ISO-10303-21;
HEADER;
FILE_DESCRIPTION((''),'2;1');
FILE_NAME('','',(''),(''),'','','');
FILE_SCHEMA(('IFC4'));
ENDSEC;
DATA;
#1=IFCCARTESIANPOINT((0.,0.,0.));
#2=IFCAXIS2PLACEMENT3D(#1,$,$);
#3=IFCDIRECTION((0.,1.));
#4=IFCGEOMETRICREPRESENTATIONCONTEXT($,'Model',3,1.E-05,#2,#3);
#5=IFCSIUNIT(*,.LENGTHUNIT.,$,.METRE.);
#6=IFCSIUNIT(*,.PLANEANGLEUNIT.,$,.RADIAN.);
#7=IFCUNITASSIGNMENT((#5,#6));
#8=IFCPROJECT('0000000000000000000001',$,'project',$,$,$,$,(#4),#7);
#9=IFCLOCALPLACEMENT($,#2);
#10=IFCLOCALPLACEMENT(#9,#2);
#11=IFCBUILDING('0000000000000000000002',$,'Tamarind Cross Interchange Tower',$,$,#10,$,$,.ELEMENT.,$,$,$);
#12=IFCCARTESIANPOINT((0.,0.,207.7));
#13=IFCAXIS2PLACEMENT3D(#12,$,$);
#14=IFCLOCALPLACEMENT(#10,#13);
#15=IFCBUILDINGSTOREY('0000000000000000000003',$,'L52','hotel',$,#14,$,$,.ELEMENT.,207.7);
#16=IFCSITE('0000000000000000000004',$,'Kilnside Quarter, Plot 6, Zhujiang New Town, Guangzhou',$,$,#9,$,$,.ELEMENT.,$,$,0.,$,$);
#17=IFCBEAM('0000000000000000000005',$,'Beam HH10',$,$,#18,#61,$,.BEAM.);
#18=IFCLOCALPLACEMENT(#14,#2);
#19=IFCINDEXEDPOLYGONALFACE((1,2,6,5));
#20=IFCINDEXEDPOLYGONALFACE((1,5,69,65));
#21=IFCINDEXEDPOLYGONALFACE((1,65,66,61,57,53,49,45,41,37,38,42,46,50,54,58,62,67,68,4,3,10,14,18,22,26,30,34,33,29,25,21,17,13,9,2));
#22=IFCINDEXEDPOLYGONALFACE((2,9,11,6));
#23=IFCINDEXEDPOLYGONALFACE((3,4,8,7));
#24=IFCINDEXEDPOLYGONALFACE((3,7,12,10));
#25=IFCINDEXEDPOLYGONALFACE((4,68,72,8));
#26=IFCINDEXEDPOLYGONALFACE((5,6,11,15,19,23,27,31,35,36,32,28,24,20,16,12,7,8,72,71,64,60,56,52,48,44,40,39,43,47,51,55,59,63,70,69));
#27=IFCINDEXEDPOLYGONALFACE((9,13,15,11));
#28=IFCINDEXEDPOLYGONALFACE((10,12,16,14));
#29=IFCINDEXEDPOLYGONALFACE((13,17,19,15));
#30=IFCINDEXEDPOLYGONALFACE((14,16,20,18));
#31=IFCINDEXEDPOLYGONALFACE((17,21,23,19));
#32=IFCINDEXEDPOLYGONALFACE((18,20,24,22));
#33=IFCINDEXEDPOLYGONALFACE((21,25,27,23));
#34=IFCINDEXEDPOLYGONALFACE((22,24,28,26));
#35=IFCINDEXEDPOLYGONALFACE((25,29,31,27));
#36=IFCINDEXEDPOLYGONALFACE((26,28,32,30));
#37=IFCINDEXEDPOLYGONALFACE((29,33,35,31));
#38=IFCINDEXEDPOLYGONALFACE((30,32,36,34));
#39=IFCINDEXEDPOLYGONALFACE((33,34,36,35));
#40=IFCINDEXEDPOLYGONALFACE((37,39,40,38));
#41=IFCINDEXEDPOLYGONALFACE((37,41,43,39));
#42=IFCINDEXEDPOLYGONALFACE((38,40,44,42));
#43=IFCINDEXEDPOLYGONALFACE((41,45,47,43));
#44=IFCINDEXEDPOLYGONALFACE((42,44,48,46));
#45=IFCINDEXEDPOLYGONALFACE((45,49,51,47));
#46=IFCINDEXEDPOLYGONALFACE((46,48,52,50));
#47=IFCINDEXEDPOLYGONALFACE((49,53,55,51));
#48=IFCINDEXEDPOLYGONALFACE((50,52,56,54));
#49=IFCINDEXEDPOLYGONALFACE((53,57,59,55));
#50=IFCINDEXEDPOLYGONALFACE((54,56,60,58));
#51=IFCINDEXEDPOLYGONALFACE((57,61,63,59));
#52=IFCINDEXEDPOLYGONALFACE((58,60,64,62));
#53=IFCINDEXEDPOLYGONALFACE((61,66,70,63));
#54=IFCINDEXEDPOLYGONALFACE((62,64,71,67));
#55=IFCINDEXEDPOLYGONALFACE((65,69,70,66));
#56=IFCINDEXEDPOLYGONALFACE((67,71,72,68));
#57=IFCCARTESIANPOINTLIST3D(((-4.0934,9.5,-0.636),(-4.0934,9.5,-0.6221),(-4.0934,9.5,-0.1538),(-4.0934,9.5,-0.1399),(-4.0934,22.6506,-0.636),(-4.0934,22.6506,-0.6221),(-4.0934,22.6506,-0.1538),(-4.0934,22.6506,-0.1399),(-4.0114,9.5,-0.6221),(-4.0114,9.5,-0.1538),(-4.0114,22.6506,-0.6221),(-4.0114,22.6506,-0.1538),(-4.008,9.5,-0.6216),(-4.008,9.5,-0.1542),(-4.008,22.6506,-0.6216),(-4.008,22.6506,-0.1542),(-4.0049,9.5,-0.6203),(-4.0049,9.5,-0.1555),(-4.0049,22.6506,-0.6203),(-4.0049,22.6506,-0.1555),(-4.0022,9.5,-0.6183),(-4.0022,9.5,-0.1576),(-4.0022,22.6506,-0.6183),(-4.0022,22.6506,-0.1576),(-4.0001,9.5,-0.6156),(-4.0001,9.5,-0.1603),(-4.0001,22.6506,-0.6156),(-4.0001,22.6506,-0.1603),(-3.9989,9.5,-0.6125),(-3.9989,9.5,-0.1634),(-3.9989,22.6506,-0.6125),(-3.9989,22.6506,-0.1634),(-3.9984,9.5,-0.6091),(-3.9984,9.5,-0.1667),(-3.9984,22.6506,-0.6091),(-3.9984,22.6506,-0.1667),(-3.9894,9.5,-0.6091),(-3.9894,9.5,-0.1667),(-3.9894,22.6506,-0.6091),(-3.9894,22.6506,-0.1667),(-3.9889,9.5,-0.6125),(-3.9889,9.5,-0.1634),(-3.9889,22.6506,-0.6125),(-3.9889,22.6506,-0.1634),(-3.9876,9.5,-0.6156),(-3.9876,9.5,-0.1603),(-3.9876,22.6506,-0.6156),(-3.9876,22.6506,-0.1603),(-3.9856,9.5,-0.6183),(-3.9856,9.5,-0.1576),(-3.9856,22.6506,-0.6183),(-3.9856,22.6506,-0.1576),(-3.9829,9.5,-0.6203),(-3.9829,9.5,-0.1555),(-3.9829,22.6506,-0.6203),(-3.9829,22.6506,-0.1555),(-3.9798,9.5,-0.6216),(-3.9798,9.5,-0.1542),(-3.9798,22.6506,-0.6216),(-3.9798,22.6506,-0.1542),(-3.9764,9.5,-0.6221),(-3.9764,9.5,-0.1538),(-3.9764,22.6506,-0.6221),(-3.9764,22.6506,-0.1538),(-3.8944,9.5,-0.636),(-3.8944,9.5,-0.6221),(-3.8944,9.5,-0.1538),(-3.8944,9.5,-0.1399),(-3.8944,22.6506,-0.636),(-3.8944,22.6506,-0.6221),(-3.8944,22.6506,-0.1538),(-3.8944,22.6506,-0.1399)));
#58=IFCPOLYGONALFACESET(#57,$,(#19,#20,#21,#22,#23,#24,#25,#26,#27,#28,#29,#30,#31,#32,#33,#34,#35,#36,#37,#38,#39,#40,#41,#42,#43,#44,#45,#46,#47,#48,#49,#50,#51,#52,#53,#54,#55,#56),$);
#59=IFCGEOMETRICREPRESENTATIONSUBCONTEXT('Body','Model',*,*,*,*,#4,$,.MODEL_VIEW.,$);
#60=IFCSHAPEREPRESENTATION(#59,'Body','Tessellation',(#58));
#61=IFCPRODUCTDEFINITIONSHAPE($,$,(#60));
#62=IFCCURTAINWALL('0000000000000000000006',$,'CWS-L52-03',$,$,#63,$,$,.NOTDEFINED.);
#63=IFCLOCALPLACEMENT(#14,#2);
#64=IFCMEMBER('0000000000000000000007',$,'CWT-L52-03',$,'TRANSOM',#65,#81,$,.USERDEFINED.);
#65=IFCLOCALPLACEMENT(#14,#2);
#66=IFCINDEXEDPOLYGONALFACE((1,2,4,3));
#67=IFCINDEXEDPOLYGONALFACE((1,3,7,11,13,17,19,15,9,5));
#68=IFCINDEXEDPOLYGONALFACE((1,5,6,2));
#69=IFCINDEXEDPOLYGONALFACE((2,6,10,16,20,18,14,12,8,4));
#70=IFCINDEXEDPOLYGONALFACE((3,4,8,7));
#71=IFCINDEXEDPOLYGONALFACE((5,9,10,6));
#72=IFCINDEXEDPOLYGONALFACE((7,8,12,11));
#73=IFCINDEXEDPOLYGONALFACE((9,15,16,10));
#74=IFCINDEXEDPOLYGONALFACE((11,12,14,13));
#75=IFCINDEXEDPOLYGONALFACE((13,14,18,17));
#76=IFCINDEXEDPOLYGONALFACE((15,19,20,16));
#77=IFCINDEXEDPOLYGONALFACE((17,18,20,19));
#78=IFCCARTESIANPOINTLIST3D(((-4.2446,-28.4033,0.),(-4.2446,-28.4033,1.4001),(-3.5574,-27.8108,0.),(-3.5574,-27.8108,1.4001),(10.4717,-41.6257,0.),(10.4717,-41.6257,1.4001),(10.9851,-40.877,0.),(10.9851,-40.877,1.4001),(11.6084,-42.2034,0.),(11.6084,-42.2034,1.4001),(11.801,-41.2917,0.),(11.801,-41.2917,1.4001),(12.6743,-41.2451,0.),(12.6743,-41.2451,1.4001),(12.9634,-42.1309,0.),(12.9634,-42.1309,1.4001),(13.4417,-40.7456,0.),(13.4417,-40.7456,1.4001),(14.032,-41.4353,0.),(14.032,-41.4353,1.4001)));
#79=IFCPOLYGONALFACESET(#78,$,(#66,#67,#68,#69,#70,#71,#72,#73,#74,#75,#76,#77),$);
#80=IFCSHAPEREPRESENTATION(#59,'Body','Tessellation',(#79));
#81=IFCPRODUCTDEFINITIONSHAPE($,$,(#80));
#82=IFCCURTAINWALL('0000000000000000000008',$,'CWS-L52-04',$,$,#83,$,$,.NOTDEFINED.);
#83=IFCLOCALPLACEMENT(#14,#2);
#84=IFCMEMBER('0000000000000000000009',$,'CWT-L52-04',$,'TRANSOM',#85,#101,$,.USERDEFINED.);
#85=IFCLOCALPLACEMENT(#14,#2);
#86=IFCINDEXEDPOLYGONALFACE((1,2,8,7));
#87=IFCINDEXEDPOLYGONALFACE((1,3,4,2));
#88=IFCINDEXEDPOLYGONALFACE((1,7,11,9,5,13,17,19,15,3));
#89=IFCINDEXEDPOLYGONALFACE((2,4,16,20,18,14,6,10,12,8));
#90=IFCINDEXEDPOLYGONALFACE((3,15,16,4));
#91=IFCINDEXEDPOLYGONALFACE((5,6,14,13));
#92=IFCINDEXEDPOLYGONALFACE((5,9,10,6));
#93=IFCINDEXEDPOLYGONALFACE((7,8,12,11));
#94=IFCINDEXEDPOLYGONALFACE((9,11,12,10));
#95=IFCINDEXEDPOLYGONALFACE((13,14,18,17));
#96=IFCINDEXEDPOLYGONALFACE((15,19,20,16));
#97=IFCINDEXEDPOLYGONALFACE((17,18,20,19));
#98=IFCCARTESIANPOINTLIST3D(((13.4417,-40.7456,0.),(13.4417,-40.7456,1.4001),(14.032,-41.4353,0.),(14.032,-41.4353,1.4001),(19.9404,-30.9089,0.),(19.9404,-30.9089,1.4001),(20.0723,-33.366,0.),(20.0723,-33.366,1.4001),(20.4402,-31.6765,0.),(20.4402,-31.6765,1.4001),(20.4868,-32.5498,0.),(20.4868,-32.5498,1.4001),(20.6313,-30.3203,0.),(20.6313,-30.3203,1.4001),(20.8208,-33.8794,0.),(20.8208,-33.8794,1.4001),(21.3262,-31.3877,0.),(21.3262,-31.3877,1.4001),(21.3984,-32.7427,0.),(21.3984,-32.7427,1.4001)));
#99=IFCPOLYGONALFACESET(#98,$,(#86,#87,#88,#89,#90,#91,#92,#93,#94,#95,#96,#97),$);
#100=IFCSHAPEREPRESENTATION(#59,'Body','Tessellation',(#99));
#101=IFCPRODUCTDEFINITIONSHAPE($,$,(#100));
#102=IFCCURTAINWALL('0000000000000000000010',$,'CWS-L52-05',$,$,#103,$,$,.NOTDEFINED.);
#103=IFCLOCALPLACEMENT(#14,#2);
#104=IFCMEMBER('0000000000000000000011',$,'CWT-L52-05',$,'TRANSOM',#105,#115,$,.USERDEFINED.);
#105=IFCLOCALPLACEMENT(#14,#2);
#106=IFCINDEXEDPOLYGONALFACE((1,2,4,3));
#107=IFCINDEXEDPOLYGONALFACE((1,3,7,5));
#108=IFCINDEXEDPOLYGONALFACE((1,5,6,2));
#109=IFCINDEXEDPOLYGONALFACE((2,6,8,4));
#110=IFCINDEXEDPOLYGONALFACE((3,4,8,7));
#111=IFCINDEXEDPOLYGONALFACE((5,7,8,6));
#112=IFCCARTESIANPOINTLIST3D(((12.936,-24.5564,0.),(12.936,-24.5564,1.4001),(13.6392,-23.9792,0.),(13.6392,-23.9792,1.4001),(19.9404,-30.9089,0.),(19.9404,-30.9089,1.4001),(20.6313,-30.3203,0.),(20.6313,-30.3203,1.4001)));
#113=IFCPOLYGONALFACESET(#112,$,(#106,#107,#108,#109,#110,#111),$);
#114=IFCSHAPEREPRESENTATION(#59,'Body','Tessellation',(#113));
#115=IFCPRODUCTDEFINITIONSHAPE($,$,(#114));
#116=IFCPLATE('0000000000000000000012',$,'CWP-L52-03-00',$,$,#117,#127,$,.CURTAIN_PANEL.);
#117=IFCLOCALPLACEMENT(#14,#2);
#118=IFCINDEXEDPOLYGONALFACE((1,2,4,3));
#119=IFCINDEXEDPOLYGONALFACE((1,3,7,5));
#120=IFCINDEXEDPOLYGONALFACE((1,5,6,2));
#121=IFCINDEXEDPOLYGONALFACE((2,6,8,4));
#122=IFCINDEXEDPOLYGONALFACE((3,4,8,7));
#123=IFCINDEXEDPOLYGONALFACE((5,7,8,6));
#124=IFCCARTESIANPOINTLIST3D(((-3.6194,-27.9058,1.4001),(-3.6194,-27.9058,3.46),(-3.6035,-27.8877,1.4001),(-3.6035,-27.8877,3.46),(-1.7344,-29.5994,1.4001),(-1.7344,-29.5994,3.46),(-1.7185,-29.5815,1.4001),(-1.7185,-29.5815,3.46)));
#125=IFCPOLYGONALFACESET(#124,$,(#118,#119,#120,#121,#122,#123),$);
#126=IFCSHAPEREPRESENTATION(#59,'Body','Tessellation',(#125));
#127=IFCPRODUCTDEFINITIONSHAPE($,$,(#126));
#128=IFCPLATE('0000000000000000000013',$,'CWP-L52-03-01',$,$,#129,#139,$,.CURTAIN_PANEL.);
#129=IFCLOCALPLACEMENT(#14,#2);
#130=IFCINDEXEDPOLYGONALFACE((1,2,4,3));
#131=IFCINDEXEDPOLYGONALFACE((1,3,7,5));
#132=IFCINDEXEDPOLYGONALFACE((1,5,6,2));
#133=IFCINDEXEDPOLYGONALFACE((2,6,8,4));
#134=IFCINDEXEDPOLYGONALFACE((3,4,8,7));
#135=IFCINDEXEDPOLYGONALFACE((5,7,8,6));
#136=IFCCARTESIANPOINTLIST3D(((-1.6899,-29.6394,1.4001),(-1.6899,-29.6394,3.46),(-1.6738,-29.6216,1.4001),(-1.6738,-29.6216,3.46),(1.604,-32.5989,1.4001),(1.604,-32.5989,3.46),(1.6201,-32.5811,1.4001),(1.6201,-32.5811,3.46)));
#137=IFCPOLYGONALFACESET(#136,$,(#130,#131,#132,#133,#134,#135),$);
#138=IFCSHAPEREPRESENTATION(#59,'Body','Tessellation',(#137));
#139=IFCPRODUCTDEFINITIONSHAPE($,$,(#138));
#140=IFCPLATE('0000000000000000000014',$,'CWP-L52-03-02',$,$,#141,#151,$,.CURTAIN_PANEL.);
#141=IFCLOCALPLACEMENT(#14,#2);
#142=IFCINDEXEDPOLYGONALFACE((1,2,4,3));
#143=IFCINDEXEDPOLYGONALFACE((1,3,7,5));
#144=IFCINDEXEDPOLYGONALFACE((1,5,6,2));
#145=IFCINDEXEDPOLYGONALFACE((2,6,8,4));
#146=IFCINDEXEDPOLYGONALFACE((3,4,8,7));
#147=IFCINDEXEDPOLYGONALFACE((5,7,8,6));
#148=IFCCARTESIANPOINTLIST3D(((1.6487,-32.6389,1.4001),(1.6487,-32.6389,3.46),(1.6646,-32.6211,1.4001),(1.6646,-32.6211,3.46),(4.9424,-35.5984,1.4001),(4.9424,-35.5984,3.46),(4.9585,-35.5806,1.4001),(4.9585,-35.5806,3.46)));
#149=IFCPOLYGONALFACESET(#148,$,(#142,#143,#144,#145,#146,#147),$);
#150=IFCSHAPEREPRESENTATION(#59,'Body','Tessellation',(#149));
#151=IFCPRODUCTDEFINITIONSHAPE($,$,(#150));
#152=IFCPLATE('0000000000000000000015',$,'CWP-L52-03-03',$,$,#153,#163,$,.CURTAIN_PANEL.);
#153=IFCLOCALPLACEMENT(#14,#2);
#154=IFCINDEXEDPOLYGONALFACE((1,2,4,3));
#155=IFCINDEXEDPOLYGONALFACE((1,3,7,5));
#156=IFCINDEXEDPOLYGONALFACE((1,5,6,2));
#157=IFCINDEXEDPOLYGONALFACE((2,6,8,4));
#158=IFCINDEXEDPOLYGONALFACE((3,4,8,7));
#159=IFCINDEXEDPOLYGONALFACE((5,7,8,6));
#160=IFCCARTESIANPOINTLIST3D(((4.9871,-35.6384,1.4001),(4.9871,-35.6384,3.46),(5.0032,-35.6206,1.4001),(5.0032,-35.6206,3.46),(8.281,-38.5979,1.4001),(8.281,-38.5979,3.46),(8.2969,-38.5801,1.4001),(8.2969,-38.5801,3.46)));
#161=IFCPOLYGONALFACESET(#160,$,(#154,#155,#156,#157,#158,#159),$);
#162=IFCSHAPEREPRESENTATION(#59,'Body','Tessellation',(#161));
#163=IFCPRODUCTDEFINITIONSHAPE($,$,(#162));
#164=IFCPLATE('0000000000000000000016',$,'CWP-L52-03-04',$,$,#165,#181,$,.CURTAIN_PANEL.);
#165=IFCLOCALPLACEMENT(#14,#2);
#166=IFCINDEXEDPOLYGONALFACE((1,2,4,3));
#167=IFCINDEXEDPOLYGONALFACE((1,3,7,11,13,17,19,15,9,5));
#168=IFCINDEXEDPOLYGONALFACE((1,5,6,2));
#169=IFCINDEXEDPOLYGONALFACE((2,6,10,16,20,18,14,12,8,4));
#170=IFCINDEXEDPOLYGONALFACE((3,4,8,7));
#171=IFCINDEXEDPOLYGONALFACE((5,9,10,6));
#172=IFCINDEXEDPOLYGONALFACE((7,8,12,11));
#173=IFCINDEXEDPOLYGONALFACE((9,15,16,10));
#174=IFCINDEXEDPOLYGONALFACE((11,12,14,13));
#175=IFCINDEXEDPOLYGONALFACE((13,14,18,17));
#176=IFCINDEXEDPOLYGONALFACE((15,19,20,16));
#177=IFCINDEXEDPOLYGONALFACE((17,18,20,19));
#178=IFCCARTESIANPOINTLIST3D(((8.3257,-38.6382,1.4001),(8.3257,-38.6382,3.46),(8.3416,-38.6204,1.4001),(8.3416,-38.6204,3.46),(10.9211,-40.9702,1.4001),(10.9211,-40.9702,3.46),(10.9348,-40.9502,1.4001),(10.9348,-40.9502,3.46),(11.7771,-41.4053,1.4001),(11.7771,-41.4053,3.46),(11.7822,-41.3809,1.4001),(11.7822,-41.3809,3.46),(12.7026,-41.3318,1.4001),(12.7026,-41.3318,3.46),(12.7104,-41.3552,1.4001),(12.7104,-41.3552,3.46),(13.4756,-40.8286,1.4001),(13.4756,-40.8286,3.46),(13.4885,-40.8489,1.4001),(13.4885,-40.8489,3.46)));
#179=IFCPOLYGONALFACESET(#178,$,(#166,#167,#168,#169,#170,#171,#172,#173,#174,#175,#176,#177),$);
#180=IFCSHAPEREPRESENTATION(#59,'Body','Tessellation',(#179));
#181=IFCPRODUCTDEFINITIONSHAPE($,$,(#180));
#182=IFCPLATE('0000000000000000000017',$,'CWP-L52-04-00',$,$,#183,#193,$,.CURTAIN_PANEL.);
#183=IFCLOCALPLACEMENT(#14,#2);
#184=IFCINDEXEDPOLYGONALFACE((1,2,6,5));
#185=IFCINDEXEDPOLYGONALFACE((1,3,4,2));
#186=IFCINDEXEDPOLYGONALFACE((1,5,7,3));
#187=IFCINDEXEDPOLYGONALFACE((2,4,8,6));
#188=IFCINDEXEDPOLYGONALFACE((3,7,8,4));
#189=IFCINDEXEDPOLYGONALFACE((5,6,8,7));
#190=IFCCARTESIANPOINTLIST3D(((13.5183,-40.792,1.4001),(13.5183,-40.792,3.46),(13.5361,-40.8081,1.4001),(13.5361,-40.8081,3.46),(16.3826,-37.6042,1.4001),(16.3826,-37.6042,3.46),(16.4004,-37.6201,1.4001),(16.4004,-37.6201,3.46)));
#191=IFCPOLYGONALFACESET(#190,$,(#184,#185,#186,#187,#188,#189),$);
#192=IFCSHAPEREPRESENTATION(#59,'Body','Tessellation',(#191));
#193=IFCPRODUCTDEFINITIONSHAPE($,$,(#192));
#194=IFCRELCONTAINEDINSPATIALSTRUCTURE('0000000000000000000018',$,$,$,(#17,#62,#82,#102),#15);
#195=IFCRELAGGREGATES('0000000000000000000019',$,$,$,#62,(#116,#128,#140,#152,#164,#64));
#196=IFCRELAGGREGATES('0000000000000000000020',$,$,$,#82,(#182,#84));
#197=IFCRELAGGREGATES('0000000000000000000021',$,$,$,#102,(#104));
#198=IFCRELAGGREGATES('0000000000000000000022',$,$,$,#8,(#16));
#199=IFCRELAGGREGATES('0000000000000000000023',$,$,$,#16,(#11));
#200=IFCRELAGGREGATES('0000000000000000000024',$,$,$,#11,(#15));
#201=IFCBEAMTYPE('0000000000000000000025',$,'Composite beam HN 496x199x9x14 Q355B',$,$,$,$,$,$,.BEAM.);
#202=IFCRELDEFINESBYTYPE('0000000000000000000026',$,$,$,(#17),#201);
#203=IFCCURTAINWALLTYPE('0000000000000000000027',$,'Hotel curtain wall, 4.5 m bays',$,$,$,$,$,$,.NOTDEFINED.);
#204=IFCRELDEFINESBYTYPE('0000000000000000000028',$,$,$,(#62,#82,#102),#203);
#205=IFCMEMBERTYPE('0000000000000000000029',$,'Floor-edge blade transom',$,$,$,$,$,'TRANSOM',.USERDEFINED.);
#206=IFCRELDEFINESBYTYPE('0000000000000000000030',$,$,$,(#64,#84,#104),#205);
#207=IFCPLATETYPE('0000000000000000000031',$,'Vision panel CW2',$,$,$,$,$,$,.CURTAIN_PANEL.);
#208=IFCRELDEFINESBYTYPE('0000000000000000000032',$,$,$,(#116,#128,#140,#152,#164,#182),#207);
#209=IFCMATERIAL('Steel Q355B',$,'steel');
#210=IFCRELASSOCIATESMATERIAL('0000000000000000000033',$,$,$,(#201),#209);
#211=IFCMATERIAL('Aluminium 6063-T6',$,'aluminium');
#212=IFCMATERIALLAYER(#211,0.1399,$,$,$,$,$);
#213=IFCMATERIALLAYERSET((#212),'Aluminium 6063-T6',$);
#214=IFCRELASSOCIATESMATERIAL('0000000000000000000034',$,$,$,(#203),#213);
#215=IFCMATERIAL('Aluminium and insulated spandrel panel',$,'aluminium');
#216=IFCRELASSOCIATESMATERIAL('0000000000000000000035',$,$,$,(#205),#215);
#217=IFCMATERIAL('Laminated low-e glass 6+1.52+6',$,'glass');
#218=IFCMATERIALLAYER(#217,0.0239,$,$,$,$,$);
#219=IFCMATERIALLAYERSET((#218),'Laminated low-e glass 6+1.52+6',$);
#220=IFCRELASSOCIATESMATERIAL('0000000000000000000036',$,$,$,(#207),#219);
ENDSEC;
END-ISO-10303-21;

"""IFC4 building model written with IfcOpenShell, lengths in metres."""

from ifc_helpers import new_model, si_unit, direction, frame, origin, origin_2d, place, context, subcontext, project, spatial, polyline, i_section, outline, extrude, material, layer, layer_set, material_profile, profile_set, type_object, element, aggregate, save


model = new_model("IFC4")

# Units and contexts
model_context = context("Model", 3, precision=1e-05, world=origin(), true_north=direction((0.0, 1.0)))
body_context = subcontext(model_context, "Body", "Model", "MODEL_VIEW")
ifc_project = project(units=[si_unit("LENGTHUNIT", "METRE"), si_unit("PLANEANGLEUNIT", "RADIAN")], contexts=[model_context])

# Site, building, storey
site_placement = place(None, origin())
site = spatial("IfcSite", under=ifc_project, at=site_placement, Name="Kilnside Quarter, Plot 6, Zhujiang New Town, Guangzhou", CompositionType="ELEMENT", RefElevation=0.0)
building_placement = place(site_placement, origin())
building = spatial("IfcBuilding", under=site, at=building_placement, Name="Tamarind Cross Interchange Tower", CompositionType="ELEMENT")
storey_placement = place(building_placement, frame((0.0, 0.0, 207.7)))
storey = spatial("IfcBuildingStorey", under=building, at=storey_placement, Name="L52", Description="hotel", CompositionType="ELEMENT", Elevation=207.7)

# Beam
ifc_material_1 = material(Name="Steel Q355B", Category="steel")
ifc_material_profile_1 = material_profile(ifc_material_1, i_section(OverallWidth=0.199, OverallDepth=0.4961, WebThickness=0.009, FlangeThickness=0.0139, FilletRadius=0.0129, at=origin_2d()), Name="HN 496x199x9x14")
ifc_profile_set_1 = profile_set([ifc_material_profile_1], Name="Steel Q355B")
beam_type_1 = type_object("IfcBeamType", Name="Composite beam HN 496x199x9x14 Q355B", PredefinedType="BEAM", material=ifc_profile_set_1)
beam_placement = place(storey_placement, frame((-3.9939, 22.6506, -0.3879), z_axis=(0.0, -1.0, 0.0), x_axis=(1.0, 0.0, 0.0)))
element("IfcBeam", 1, at=beam_placement, inside=storey, type_object=beam_type_1, Name="Beam HH10", PredefinedType="BEAM", context=body_context, shape_type="SweptSolid", body=[
    extrude(i_section(OverallWidth=0.199, OverallDepth=0.4961, WebThickness=0.009, FlangeThickness=0.0139, FilletRadius=0.0129, at=origin_2d()), origin(), (0.0, 0.0, 1.0), 13.1506),
])

# Curtain walls, members
ifc_material_2 = material(Name="Aluminium 6063-T6", Category="aluminium")
ifc_layer_1 = layer(ifc_material_2, 0.1399)
ifc_layer_set_1 = layer_set([ifc_layer_1], Name="Aluminium 6063-T6")
curtain_wall_type = type_object("IfcCurtainWallType", Name="Hotel curtain wall, 4.5 m bays", PredefinedType="NOTDEFINED", material=ifc_layer_set_1)
curtain_wall_1_placement = place(storey_placement, origin())
curtain_wall_1 = element("IfcCurtainWall", 2, at=curtain_wall_1_placement, inside=storey, type_object=curtain_wall_type, Name="CWS-L52-03", PredefinedType="NOTDEFINED")
ifc_material_3 = material(Name="Aluminium and insulated spandrel panel", Category="aluminium")
member_type = type_object("IfcMemberType", Name="Floor-edge blade transom", ElementType="TRANSOM", PredefinedType="USERDEFINED", material=ifc_material_3)
member_1_placement = place(storey_placement, origin())
member_1 = element("IfcMember", 3, at=member_1_placement, type_object=member_type, Name="CWT-L52-03", ObjectType="TRANSOM", PredefinedType="USERDEFINED", context=body_context, shape_type="SweptSolid", body=[
    extrude(outline(polyline([(-3.5574, -27.8108), (10.9851, -40.877), (11.801, -41.2917), (12.6743, -41.2451), (13.4417, -40.7456), (14.032, -41.4353), (12.9634, -42.1309), (11.6084, -42.2034), (10.4717, -41.6257), (-4.2446, -28.4033), (-3.5574, -27.8108)])), origin(), (0.0, 0.0, 1.0), 1.4001),
])
curtain_wall_2_placement = place(storey_placement, origin())
curtain_wall_2 = element("IfcCurtainWall", 4, at=curtain_wall_2_placement, inside=storey, type_object=curtain_wall_type, Name="CWS-L52-04", PredefinedType="NOTDEFINED")
member_2_placement = place(storey_placement, origin())
member_2 = element("IfcMember", 5, at=member_2_placement, type_object=member_type, Name="CWT-L52-04", ObjectType="TRANSOM", PredefinedType="USERDEFINED", context=body_context, shape_type="SweptSolid", body=[
    extrude(outline(polyline([(13.4417, -40.7456), (20.0723, -33.366), (20.4868, -32.5498), (20.4402, -31.6765), (19.9404, -30.9089), (20.6313, -30.3203), (21.3262, -31.3877), (21.3984, -32.7427), (20.8208, -33.8794), (14.032, -41.4353), (13.4417, -40.7456)])), origin(), (0.0, 0.0, 1.0), 1.4001),
])
curtain_wall_3_placement = place(storey_placement, origin())
curtain_wall_3 = element("IfcCurtainWall", 6, at=curtain_wall_3_placement, inside=storey, type_object=curtain_wall_type, Name="CWS-L52-05", PredefinedType="NOTDEFINED")
member_3_placement = place(storey_placement, origin())
member_3 = element("IfcMember", 7, at=member_3_placement, type_object=member_type, Name="CWT-L52-05", ObjectType="TRANSOM", PredefinedType="USERDEFINED", context=body_context, shape_type="SweptSolid", body=[
    extrude(outline(polyline([(19.9404, -30.9089), (12.936, -24.5564), (13.6392, -23.9792), (20.6313, -30.3203), (19.9404, -30.9089)])), origin(), (0.0, 0.0, 1.0), 1.4001),
])

# Plates
ifc_material_4 = material(Name="Laminated low-e glass 6+1.52+6", Category="glass")
ifc_layer_2 = layer(ifc_material_4, 0.0239)
ifc_layer_set_2 = layer_set([ifc_layer_2], Name="Laminated low-e glass 6+1.52+6")
plate_type = type_object("IfcPlateType", Name="Vision panel CW2", PredefinedType="CURTAIN_PANEL", material=ifc_layer_set_2)
plate_1_placement = place(storey_placement, frame((0.0, 0.0, 1.4001)))
plate_1 = element("IfcPlate", 8, at=plate_1_placement, type_object=plate_type, Name="CWP-L52-03-00", PredefinedType="CURTAIN_PANEL", context=body_context, shape_type="SweptSolid", body=[
    extrude(outline(polyline([(-3.6035, -27.8877), (-1.7185, -29.5815), (-1.7344, -29.5994), (-3.6194, -27.9058), (-3.6035, -27.8877)])), origin(), (0.0, 0.0, 1.0), 2.0598),
])
plate_2_placement = place(storey_placement, frame((0.0, 0.0, 1.4001)))
plate_2 = element("IfcPlate", 9, at=plate_2_placement, type_object=plate_type, Name="CWP-L52-03-01", PredefinedType="CURTAIN_PANEL", context=body_context, shape_type="SweptSolid", body=[
    extrude(outline(polyline([(-1.6738, -29.6216), (1.6201, -32.5811), (1.604, -32.5989), (-1.6899, -29.6394), (-1.6738, -29.6216)])), origin(), (0.0, 0.0, 1.0), 2.0598),
])
plate_3_placement = place(storey_placement, frame((0.0, 0.0, 1.4001)))
plate_3 = element("IfcPlate", 10, at=plate_3_placement, type_object=plate_type, Name="CWP-L52-03-02", PredefinedType="CURTAIN_PANEL", context=body_context, shape_type="SweptSolid", body=[
    extrude(outline(polyline([(1.6646, -32.6211), (4.9585, -35.5806), (4.9424, -35.5984), (1.6487, -32.6389), (1.6646, -32.6211)])), origin(), (0.0, 0.0, 1.0), 2.0598),
])
plate_4_placement = place(storey_placement, frame((0.0, 0.0, 1.4001)))
plate_4 = element("IfcPlate", 11, at=plate_4_placement, type_object=plate_type, Name="CWP-L52-03-03", PredefinedType="CURTAIN_PANEL", context=body_context, shape_type="SweptSolid", body=[
    extrude(outline(polyline([(5.0032, -35.6206), (8.2969, -38.5801), (8.281, -38.5979), (4.9871, -35.6384), (5.0032, -35.6206)])), origin(), (0.0, 0.0, 1.0), 2.0598),
])
plate_5_placement = place(storey_placement, frame((0.0, 0.0, 1.4001)))
plate_5 = element("IfcPlate", 12, at=plate_5_placement, type_object=plate_type, Name="CWP-L52-03-04", PredefinedType="CURTAIN_PANEL", context=body_context, shape_type="SweptSolid", body=[
    extrude(outline(polyline([(8.3416, -38.6204), (10.9348, -40.9502), (11.7822, -41.3809), (12.7026, -41.3318), (13.4756, -40.8286), (13.4885, -40.8489), (12.7104, -41.3552), (11.7771, -41.4053), (10.9211, -40.9702), (8.3257, -38.6382), (8.3416, -38.6204)])), origin(), (0.0, 0.0, 1.0), 2.0598),
])
aggregate(curtain_wall_1, [plate_1, plate_2, plate_3, plate_4, plate_5, member_1])
plate_6_placement = place(storey_placement, frame((0.0, 0.0, 1.4001)))
plate_6 = element("IfcPlate", 13, at=plate_6_placement, type_object=plate_type, Name="CWP-L52-04-00", PredefinedType="CURTAIN_PANEL", context=body_context, shape_type="SweptSolid", body=[
    extrude(outline(polyline([(13.5183, -40.792), (16.3826, -37.6042), (16.4004, -37.6201), (13.5361, -40.8081), (13.5183, -40.792)])), origin(), (0.0, 0.0, 1.0), 2.0598),
])
aggregate(curtain_wall_2, [plate_6, member_2])
aggregate(curtain_wall_3, [member_3])

save(model, "model.ifc")
